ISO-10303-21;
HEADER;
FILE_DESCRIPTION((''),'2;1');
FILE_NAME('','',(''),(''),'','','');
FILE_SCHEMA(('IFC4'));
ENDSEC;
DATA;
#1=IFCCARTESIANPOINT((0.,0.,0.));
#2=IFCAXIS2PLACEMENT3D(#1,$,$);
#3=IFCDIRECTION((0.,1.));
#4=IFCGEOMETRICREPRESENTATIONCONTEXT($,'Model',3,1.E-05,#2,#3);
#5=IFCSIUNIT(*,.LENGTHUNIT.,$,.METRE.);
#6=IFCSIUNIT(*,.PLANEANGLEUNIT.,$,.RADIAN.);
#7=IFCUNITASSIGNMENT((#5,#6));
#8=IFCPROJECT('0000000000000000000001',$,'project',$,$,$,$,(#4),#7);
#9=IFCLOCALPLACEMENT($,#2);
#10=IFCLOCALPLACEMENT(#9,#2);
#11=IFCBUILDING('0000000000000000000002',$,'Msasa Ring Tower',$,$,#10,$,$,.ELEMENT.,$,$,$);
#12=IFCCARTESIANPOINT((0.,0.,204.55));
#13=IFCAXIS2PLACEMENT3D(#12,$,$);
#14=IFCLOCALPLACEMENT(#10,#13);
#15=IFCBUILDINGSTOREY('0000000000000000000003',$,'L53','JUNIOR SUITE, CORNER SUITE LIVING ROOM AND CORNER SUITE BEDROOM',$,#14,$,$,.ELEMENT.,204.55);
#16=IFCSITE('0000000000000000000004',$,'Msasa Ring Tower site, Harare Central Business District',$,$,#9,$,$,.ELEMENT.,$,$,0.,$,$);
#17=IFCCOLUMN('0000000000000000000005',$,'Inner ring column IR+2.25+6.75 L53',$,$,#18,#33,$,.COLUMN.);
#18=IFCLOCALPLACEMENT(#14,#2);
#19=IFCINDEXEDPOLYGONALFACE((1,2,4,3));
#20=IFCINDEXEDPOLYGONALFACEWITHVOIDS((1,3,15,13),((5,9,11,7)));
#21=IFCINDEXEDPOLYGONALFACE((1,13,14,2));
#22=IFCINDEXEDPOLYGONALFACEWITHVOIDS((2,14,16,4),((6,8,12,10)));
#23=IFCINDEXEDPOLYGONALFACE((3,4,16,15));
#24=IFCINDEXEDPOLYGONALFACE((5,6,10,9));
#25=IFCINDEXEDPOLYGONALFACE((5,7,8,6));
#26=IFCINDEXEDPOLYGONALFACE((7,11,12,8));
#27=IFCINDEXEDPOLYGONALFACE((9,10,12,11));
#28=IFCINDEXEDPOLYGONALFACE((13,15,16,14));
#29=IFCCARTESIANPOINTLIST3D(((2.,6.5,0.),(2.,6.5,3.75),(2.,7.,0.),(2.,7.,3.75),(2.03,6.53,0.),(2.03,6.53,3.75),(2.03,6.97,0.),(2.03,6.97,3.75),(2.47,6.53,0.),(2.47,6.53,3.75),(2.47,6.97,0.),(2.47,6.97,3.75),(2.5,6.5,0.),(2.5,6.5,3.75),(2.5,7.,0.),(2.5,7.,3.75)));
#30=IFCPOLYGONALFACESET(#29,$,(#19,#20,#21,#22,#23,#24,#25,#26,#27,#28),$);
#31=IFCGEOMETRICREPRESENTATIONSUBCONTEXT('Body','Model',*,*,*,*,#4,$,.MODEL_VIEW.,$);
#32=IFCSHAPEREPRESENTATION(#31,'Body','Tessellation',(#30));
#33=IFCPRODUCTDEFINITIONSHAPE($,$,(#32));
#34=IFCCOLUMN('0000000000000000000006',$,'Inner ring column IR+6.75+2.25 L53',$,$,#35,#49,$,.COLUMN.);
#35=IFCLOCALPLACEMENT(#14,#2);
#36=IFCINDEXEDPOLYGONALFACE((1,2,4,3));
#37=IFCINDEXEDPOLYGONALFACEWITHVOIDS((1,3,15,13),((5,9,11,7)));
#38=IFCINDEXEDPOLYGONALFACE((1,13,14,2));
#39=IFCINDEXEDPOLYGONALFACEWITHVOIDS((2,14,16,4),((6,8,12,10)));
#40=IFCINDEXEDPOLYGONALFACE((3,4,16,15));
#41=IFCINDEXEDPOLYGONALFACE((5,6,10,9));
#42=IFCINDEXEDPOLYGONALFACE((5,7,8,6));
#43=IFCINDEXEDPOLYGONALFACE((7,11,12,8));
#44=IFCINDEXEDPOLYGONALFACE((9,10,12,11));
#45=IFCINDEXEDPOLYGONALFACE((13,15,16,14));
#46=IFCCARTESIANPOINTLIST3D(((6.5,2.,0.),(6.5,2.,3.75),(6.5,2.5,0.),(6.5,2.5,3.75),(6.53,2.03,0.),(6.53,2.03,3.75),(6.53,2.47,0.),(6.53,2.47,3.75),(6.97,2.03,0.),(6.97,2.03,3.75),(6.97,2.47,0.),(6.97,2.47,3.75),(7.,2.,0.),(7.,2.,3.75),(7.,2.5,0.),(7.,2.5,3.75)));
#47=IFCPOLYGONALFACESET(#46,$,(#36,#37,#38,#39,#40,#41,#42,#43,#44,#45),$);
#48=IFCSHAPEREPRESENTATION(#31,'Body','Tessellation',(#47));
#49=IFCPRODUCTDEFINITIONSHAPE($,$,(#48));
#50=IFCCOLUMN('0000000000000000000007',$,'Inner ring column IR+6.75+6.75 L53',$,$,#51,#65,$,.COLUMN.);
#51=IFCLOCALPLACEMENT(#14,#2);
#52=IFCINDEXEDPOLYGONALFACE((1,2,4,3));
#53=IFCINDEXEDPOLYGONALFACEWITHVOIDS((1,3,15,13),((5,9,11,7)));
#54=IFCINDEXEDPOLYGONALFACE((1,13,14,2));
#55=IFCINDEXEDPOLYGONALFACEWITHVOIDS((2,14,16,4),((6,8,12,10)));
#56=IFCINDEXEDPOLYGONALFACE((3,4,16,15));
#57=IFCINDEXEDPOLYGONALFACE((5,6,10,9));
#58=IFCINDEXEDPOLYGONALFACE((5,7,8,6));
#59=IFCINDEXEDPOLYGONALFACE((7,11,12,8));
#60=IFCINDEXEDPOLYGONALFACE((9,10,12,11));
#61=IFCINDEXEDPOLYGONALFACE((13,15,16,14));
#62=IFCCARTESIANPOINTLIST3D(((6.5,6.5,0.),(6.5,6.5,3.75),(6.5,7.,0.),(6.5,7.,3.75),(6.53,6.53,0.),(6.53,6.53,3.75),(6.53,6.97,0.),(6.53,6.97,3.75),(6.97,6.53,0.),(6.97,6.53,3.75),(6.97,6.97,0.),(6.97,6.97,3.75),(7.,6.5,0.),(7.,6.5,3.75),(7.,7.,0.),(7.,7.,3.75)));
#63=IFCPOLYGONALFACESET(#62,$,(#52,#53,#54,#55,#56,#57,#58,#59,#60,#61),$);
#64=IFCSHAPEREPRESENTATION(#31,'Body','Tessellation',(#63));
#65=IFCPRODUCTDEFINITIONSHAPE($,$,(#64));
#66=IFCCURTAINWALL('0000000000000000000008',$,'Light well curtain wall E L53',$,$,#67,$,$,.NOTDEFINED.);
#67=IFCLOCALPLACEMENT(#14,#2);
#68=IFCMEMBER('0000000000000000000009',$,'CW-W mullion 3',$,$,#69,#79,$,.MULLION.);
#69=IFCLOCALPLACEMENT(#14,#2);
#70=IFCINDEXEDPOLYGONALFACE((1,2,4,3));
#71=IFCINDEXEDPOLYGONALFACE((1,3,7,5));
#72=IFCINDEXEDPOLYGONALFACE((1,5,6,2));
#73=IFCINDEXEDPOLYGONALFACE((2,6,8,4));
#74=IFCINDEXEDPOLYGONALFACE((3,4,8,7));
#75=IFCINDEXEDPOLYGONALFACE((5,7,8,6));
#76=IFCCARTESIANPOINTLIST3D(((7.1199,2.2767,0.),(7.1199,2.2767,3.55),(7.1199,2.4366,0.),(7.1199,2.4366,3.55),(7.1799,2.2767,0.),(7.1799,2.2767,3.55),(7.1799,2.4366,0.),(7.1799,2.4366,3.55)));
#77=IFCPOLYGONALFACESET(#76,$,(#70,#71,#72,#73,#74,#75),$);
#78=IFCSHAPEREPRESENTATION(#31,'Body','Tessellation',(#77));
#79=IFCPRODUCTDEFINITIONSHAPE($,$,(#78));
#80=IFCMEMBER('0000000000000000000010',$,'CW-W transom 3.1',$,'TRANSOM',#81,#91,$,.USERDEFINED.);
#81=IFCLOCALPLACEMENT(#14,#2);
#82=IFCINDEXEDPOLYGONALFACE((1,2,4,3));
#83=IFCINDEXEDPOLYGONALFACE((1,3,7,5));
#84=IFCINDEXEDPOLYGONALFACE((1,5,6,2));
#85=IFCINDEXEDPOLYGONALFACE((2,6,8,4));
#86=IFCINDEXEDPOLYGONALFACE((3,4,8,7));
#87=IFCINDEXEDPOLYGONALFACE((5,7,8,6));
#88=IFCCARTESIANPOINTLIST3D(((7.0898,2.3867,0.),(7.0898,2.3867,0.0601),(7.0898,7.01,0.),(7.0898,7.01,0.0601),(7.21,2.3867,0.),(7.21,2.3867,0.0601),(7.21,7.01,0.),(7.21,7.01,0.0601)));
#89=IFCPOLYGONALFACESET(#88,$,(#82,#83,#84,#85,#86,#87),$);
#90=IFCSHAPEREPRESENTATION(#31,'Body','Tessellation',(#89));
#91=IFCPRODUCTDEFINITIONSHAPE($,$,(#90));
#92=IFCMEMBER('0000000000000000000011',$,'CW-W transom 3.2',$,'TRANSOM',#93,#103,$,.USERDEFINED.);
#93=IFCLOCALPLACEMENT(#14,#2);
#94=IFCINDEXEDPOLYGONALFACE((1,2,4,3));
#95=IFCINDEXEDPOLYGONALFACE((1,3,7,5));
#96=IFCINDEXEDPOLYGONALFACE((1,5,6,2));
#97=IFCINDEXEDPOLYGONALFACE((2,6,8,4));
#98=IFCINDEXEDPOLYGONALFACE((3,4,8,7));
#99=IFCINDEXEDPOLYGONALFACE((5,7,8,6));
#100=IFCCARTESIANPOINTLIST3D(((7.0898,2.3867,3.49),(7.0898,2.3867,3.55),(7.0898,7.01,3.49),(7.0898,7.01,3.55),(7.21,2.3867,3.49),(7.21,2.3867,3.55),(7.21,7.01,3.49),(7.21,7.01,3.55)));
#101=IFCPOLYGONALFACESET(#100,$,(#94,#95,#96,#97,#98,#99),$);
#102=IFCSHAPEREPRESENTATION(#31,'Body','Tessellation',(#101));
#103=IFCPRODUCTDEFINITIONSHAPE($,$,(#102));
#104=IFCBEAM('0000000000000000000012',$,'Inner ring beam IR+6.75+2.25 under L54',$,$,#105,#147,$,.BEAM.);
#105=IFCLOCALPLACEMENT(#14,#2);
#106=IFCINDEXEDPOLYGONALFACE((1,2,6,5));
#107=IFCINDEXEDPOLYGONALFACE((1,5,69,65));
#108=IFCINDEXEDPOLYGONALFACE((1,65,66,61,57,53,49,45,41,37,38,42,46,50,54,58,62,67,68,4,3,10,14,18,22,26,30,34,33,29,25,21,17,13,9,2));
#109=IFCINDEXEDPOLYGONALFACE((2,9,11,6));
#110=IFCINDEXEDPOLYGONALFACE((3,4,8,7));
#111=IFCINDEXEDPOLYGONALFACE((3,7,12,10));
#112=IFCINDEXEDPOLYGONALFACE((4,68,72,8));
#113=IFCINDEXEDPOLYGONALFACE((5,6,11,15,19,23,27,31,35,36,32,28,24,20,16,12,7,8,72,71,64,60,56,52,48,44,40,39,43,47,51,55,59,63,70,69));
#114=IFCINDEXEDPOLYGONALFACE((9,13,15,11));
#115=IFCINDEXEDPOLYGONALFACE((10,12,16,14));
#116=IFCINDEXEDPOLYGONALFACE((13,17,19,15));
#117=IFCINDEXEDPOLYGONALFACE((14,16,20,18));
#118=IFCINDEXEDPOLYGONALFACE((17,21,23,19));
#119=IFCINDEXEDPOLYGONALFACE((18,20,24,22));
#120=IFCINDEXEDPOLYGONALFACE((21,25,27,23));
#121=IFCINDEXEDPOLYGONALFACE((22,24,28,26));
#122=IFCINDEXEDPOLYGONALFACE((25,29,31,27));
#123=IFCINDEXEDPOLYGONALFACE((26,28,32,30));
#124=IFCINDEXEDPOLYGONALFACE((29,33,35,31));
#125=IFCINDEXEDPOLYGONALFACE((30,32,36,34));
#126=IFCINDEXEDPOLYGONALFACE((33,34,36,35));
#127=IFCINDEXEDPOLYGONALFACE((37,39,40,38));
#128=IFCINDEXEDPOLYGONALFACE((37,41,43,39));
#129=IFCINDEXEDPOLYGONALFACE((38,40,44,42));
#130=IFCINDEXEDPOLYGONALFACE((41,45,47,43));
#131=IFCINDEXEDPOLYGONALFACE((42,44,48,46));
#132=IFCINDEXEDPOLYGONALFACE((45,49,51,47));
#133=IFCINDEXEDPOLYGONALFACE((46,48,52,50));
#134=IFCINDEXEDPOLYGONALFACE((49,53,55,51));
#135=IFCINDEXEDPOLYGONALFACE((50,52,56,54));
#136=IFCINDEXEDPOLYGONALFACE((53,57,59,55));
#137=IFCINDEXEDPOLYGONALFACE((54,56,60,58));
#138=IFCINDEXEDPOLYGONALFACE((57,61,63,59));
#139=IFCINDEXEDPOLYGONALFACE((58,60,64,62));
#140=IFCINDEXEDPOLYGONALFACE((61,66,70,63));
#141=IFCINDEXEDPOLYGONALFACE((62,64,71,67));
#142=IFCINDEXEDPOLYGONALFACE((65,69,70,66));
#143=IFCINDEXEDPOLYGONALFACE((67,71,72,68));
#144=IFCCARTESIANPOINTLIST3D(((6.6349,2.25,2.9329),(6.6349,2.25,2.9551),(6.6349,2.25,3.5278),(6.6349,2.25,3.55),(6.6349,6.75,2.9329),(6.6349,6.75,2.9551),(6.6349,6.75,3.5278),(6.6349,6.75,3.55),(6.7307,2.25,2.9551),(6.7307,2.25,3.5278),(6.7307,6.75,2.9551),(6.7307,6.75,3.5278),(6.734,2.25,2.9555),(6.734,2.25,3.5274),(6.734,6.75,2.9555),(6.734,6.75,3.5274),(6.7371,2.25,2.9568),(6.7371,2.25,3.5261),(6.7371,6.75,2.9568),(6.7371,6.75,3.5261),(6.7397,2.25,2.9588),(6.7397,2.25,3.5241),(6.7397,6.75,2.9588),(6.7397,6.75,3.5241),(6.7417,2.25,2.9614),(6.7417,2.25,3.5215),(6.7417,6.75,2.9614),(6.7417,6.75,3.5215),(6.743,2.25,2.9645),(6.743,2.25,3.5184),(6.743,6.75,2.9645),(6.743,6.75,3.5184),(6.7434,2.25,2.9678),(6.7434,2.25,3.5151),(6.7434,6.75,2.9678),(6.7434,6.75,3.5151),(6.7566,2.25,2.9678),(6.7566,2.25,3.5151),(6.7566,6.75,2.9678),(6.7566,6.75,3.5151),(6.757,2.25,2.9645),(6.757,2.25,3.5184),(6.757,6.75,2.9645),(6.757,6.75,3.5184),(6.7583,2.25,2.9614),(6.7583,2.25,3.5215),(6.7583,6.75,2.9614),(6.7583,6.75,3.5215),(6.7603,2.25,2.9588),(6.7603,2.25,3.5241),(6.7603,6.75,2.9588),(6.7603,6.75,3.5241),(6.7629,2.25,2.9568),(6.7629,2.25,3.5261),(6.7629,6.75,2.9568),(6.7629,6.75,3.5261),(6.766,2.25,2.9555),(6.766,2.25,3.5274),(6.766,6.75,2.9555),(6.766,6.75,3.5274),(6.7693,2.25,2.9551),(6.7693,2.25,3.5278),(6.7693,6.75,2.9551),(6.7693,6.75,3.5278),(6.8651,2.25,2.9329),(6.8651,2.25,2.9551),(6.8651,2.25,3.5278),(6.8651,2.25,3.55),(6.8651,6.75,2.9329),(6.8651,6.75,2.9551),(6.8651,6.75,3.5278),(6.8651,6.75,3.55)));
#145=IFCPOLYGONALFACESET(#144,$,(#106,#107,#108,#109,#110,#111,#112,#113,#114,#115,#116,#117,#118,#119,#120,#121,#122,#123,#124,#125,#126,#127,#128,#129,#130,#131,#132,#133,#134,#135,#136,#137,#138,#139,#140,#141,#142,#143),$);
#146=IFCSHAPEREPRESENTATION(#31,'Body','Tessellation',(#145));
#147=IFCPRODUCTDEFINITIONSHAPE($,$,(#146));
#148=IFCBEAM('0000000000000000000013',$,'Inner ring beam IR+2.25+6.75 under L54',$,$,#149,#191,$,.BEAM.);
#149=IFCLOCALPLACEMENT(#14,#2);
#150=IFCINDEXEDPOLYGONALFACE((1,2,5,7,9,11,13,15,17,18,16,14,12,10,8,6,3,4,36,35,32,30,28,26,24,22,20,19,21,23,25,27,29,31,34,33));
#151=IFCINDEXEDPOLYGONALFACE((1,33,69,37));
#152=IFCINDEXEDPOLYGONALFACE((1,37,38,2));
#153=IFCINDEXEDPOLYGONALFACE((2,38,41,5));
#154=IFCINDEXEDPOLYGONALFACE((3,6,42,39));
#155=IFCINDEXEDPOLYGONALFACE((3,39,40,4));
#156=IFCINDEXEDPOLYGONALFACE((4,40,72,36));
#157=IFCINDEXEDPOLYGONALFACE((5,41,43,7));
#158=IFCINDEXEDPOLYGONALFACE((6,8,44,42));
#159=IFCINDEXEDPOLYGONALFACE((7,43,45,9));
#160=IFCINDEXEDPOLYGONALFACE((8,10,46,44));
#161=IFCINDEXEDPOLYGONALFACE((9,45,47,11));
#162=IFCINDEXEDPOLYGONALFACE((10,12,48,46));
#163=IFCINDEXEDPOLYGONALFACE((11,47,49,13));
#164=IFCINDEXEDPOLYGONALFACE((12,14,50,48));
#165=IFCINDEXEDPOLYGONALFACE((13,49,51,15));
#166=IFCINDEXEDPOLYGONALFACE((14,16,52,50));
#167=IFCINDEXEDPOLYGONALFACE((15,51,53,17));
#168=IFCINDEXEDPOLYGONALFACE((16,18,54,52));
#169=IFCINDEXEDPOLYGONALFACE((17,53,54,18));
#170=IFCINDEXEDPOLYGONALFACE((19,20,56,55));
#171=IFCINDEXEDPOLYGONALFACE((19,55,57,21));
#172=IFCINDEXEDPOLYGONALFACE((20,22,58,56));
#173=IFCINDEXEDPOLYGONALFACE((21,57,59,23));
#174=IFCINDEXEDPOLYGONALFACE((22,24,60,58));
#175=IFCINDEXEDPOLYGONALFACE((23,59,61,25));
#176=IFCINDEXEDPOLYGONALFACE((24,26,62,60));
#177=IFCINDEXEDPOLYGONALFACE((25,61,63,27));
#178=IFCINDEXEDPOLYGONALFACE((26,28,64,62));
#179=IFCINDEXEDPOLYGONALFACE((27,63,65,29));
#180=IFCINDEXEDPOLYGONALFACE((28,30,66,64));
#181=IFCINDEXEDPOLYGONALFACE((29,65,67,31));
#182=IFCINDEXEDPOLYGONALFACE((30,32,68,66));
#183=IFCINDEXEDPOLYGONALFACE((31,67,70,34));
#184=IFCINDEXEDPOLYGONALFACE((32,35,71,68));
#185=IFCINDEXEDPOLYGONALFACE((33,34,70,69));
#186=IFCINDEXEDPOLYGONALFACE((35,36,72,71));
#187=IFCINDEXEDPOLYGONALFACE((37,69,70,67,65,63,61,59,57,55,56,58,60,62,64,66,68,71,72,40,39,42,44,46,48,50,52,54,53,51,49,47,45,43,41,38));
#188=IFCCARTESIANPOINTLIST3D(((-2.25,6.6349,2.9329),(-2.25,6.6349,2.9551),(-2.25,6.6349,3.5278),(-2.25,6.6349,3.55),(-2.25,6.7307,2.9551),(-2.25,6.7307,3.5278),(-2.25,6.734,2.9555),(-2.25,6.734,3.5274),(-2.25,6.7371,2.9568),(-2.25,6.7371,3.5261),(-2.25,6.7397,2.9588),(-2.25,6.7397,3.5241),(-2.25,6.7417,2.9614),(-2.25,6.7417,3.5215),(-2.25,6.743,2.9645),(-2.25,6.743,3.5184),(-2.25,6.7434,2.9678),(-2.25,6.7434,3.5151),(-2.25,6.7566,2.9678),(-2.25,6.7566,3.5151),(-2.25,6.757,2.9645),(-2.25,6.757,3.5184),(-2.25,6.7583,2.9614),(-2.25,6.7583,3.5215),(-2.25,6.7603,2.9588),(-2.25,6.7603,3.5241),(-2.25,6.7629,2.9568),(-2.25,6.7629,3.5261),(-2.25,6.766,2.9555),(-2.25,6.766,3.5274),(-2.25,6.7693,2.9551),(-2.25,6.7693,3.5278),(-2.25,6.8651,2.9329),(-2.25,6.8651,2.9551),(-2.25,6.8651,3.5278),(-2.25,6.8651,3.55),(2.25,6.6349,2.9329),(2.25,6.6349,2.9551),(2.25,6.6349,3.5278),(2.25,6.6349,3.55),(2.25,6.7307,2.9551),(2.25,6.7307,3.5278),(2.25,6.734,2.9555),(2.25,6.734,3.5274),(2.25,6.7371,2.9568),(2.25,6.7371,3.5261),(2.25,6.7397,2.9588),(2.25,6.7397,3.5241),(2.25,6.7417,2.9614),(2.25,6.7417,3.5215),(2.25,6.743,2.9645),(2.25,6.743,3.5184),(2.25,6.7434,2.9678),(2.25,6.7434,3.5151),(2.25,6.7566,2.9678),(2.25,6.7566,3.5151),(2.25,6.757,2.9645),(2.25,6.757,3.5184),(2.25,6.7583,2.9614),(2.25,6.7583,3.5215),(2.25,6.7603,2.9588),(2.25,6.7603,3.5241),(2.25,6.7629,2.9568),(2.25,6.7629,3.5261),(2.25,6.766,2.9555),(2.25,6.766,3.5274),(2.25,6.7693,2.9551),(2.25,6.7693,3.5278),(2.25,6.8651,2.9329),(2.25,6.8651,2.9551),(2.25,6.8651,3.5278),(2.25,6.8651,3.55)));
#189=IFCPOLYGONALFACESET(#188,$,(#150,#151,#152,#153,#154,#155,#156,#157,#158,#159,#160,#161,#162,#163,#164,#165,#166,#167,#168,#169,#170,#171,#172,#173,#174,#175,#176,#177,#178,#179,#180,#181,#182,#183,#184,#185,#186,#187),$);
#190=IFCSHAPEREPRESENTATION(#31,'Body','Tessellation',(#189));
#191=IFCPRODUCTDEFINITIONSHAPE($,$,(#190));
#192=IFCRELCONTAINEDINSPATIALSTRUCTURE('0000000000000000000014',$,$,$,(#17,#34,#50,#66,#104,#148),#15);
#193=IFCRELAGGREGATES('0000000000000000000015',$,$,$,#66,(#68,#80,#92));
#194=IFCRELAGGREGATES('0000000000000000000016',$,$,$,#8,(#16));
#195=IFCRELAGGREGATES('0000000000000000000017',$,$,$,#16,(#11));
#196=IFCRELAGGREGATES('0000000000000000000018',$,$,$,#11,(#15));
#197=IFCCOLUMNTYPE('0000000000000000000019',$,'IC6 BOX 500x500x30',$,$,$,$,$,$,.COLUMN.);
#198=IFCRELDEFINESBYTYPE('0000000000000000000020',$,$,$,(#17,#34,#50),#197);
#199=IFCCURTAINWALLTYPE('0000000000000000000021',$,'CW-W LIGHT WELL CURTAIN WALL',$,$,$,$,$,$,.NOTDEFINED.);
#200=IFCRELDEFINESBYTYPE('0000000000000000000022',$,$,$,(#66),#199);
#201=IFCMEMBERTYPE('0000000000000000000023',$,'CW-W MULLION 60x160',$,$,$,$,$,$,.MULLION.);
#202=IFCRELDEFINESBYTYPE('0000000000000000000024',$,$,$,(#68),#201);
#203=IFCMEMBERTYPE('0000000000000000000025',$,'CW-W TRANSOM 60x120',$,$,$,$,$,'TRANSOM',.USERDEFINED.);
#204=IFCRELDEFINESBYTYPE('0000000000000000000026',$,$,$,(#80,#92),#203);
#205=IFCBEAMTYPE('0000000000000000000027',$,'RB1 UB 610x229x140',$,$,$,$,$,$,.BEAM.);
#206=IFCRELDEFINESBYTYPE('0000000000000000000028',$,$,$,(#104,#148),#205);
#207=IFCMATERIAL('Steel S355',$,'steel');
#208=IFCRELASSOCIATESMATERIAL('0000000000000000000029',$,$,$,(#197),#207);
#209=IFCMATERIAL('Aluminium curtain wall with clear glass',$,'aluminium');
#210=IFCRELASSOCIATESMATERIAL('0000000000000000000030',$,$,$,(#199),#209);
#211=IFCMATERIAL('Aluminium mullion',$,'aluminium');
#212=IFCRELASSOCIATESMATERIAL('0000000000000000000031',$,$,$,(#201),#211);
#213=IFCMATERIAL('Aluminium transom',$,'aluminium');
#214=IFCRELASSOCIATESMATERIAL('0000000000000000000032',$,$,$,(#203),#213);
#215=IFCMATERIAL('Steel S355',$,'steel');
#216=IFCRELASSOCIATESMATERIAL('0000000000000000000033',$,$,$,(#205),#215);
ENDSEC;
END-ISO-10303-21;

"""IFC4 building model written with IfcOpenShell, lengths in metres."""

from ifc_helpers import new_model, si_unit, direction, frame, origin, origin_2d, place, context, subcontext, project, spatial, rectangle, hollow_rectangle, i_section, extrude, material, material_profile, profile_set, type_object, element, aggregate, save


model = new_model("IFC4")

# Units and contexts
model_context = context("Model", 3, precision=1e-05, world=origin(), true_north=direction((0.0, 1.0)))
body_context = subcontext(model_context, "Body", "Model", "MODEL_VIEW")
ifc_project = project(units=[si_unit("LENGTHUNIT", "METRE"), si_unit("PLANEANGLEUNIT", "RADIAN")], contexts=[model_context])

# Site, building, storey
site_placement = place(None, origin())
site = spatial("IfcSite", under=ifc_project, at=site_placement, Name="Msasa Ring Tower site, Harare Central Business District", CompositionType="ELEMENT", RefElevation=0.0)
building_placement = place(site_placement, origin())
building = spatial("IfcBuilding", under=site, at=building_placement, Name="Msasa Ring Tower", CompositionType="ELEMENT")
storey_placement = place(building_placement, frame((0.0, 0.0, 204.55)))
storey = spatial("IfcBuildingStorey", under=building, at=storey_placement, Name="L53", Description="JUNIOR SUITE, CORNER SUITE LIVING ROOM AND CORNER SUITE BEDROOM", CompositionType="ELEMENT", Elevation=204.55)

# Columns
ifc_material_1 = material(Name="Steel S355", Category="steel")
ifc_material_profile_1 = material_profile(ifc_material_1, hollow_rectangle(XDim=0.5, YDim=0.5, WallThickness=0.03, at=origin_2d()), Name="BOX 500x500x30")
ifc_profile_set_1 = profile_set([ifc_material_profile_1], Name="Steel S355")
column_type = type_object("IfcColumnType", Name="IC6 BOX 500x500x30", PredefinedType="COLUMN", material=ifc_profile_set_1)
for number, where, z_axis, x_axis, name in (
    (1, (2.25, 6.75, 0.0), (0.0, 0.0, 1.0), (1.0, 0.0, 0.0), "Inner ring column IR+2.25+6.75 L53"),
    (2, (6.75, 2.25, 0.0), (0.0, 0.0, 1.0), (1.0, 0.0, 0.0), "Inner ring column IR+6.75+2.25 L53"),
    (3, (6.75, 6.75, 0.0), (0.0, 0.0, 1.0), (1.0, 0.0, 0.0), "Inner ring column IR+6.75+6.75 L53"),
):
    element("IfcColumn", number, at=place(storey_placement, frame(where, z_axis=z_axis, x_axis=x_axis)), inside=storey, type_object=column_type, Name=name, PredefinedType="COLUMN", context=body_context, shape_type="SweptSolid", body=[
        extrude(hollow_rectangle(XDim=0.5, YDim=0.5, WallThickness=0.03, at=origin_2d()), origin(), (0.0, 0.0, 1.0), 3.75),
    ])

# Curtain wall, members
ifc_material_2 = material(Name="Aluminium curtain wall with clear glass", Category="aluminium")
curtain_wall_type = type_object("IfcCurtainWallType", Name="CW-W LIGHT WELL CURTAIN WALL", PredefinedType="NOTDEFINED", material=ifc_material_2)
curtain_wall_placement = place(storey_placement, origin())
curtain_wall = element("IfcCurtainWall", 4, at=curtain_wall_placement, inside=storey, type_object=curtain_wall_type, Name="Light well curtain wall E L53", PredefinedType="NOTDEFINED")
ifc_material_3 = material(Name="Aluminium mullion", Category="aluminium")
ifc_material_profile_2 = material_profile(ifc_material_3, rectangle(XDim=0.0601, YDim=0.1599, at=origin_2d()), Name="AL 60x160")
ifc_profile_set_2 = profile_set([ifc_material_profile_2], Name="Aluminium mullion")
member_type_1 = type_object("IfcMemberType", Name="CW-W MULLION 60x160", PredefinedType="MULLION", material=ifc_profile_set_2)
member_1_placement = place(storey_placement, frame((7.1499, 2.3567, 0.0), z_axis=(0.0, 0.0, 1.0), x_axis=(-1.0, 0.0, 0.0)))
member_1 = element("IfcMember", 5, at=member_1_placement, type_object=member_type_1, Name="CW-W mullion 3", PredefinedType="MULLION", context=body_context, shape_type="SweptSolid", body=[
    extrude(rectangle(XDim=0.0601, YDim=0.1599, at=origin_2d()), origin(), (0.0, 0.0, 1.0), 3.55),
])
ifc_material_4 = material(Name="Aluminium transom", Category="aluminium")
ifc_material_profile_3 = material_profile(ifc_material_4, rectangle(XDim=0.1201, YDim=0.0601, at=origin_2d()), Name="AL 60x120")
ifc_profile_set_3 = profile_set([ifc_material_profile_3], Name="Aluminium transom")
member_type_2 = type_object("IfcMemberType", Name="CW-W TRANSOM 60x120", ElementType="TRANSOM", PredefinedType="USERDEFINED", material=ifc_profile_set_3)
member_2_placement = place(storey_placement, frame((7.1499, 2.3867, 0.03), z_axis=(0.0, 1.0, 0.0), x_axis=(-1.0, 0.0, 0.0)))
member_2 = element("IfcMember", 6, at=member_2_placement, type_object=member_type_2, Name="CW-W transom 3.1", ObjectType="TRANSOM", PredefinedType="USERDEFINED", context=body_context, shape_type="SweptSolid", body=[
    extrude(rectangle(XDim=0.1201, YDim=0.0601, at=origin_2d()), origin(), (0.0, 0.0, 1.0), 4.6233),
])
member_3_placement = place(storey_placement, frame((7.1499, 2.3867, 3.52), z_axis=(0.0, 1.0, 0.0), x_axis=(-1.0, 0.0, 0.0)))
member_3 = element("IfcMember", 7, at=member_3_placement, type_object=member_type_2, Name="CW-W transom 3.2", ObjectType="TRANSOM", PredefinedType="USERDEFINED", context=body_context, shape_type="SweptSolid", body=[
    extrude(rectangle(XDim=0.1201, YDim=0.0601, at=origin_2d()), origin(), (0.0, 0.0, 1.0), 4.6233),
])

# Beams
ifc_material_5 = material(Name="Steel S355", Category="steel")
ifc_material_profile_4 = material_profile(ifc_material_5, i_section(OverallWidth=0.2302, OverallDepth=0.6172, WebThickness=0.0132, FlangeThickness=0.0222, FilletRadius=0.0127, at=origin_2d()), Name="UB 610x229x140")
ifc_profile_set_4 = profile_set([ifc_material_profile_4], Name="Steel S355")
beam_type = type_object("IfcBeamType", Name="RB1 UB 610x229x140", PredefinedType="BEAM", material=ifc_profile_set_4)
for number, where, z_axis, x_axis, name in (
    (8, (6.75, 2.25, 3.2415), (0.0, 1.0, 0.0), (-1.0, 0.0, 0.0), "Inner ring beam IR+6.75+2.25 under L54"),
    (9, (2.25, 6.75, 3.2415), (-1.0, 0.0, 0.0), (0.0, -1.0, 0.0), "Inner ring beam IR+2.25+6.75 under L54"),
):
    element("IfcBeam", number, at=place(storey_placement, frame(where, z_axis=z_axis, x_axis=x_axis)), inside=storey, type_object=beam_type, Name=name, PredefinedType="BEAM", context=body_context, shape_type="SweptSolid", body=[
        extrude(i_section(OverallWidth=0.2302, OverallDepth=0.6172, WebThickness=0.0132, FlangeThickness=0.0222, FilletRadius=0.0127, at=origin_2d()), origin(), (0.0, 0.0, 1.0), 4.5),
    ])

aggregate(curtain_wall, [member_1, member_2, member_3])

save(model, "model.ifc")
